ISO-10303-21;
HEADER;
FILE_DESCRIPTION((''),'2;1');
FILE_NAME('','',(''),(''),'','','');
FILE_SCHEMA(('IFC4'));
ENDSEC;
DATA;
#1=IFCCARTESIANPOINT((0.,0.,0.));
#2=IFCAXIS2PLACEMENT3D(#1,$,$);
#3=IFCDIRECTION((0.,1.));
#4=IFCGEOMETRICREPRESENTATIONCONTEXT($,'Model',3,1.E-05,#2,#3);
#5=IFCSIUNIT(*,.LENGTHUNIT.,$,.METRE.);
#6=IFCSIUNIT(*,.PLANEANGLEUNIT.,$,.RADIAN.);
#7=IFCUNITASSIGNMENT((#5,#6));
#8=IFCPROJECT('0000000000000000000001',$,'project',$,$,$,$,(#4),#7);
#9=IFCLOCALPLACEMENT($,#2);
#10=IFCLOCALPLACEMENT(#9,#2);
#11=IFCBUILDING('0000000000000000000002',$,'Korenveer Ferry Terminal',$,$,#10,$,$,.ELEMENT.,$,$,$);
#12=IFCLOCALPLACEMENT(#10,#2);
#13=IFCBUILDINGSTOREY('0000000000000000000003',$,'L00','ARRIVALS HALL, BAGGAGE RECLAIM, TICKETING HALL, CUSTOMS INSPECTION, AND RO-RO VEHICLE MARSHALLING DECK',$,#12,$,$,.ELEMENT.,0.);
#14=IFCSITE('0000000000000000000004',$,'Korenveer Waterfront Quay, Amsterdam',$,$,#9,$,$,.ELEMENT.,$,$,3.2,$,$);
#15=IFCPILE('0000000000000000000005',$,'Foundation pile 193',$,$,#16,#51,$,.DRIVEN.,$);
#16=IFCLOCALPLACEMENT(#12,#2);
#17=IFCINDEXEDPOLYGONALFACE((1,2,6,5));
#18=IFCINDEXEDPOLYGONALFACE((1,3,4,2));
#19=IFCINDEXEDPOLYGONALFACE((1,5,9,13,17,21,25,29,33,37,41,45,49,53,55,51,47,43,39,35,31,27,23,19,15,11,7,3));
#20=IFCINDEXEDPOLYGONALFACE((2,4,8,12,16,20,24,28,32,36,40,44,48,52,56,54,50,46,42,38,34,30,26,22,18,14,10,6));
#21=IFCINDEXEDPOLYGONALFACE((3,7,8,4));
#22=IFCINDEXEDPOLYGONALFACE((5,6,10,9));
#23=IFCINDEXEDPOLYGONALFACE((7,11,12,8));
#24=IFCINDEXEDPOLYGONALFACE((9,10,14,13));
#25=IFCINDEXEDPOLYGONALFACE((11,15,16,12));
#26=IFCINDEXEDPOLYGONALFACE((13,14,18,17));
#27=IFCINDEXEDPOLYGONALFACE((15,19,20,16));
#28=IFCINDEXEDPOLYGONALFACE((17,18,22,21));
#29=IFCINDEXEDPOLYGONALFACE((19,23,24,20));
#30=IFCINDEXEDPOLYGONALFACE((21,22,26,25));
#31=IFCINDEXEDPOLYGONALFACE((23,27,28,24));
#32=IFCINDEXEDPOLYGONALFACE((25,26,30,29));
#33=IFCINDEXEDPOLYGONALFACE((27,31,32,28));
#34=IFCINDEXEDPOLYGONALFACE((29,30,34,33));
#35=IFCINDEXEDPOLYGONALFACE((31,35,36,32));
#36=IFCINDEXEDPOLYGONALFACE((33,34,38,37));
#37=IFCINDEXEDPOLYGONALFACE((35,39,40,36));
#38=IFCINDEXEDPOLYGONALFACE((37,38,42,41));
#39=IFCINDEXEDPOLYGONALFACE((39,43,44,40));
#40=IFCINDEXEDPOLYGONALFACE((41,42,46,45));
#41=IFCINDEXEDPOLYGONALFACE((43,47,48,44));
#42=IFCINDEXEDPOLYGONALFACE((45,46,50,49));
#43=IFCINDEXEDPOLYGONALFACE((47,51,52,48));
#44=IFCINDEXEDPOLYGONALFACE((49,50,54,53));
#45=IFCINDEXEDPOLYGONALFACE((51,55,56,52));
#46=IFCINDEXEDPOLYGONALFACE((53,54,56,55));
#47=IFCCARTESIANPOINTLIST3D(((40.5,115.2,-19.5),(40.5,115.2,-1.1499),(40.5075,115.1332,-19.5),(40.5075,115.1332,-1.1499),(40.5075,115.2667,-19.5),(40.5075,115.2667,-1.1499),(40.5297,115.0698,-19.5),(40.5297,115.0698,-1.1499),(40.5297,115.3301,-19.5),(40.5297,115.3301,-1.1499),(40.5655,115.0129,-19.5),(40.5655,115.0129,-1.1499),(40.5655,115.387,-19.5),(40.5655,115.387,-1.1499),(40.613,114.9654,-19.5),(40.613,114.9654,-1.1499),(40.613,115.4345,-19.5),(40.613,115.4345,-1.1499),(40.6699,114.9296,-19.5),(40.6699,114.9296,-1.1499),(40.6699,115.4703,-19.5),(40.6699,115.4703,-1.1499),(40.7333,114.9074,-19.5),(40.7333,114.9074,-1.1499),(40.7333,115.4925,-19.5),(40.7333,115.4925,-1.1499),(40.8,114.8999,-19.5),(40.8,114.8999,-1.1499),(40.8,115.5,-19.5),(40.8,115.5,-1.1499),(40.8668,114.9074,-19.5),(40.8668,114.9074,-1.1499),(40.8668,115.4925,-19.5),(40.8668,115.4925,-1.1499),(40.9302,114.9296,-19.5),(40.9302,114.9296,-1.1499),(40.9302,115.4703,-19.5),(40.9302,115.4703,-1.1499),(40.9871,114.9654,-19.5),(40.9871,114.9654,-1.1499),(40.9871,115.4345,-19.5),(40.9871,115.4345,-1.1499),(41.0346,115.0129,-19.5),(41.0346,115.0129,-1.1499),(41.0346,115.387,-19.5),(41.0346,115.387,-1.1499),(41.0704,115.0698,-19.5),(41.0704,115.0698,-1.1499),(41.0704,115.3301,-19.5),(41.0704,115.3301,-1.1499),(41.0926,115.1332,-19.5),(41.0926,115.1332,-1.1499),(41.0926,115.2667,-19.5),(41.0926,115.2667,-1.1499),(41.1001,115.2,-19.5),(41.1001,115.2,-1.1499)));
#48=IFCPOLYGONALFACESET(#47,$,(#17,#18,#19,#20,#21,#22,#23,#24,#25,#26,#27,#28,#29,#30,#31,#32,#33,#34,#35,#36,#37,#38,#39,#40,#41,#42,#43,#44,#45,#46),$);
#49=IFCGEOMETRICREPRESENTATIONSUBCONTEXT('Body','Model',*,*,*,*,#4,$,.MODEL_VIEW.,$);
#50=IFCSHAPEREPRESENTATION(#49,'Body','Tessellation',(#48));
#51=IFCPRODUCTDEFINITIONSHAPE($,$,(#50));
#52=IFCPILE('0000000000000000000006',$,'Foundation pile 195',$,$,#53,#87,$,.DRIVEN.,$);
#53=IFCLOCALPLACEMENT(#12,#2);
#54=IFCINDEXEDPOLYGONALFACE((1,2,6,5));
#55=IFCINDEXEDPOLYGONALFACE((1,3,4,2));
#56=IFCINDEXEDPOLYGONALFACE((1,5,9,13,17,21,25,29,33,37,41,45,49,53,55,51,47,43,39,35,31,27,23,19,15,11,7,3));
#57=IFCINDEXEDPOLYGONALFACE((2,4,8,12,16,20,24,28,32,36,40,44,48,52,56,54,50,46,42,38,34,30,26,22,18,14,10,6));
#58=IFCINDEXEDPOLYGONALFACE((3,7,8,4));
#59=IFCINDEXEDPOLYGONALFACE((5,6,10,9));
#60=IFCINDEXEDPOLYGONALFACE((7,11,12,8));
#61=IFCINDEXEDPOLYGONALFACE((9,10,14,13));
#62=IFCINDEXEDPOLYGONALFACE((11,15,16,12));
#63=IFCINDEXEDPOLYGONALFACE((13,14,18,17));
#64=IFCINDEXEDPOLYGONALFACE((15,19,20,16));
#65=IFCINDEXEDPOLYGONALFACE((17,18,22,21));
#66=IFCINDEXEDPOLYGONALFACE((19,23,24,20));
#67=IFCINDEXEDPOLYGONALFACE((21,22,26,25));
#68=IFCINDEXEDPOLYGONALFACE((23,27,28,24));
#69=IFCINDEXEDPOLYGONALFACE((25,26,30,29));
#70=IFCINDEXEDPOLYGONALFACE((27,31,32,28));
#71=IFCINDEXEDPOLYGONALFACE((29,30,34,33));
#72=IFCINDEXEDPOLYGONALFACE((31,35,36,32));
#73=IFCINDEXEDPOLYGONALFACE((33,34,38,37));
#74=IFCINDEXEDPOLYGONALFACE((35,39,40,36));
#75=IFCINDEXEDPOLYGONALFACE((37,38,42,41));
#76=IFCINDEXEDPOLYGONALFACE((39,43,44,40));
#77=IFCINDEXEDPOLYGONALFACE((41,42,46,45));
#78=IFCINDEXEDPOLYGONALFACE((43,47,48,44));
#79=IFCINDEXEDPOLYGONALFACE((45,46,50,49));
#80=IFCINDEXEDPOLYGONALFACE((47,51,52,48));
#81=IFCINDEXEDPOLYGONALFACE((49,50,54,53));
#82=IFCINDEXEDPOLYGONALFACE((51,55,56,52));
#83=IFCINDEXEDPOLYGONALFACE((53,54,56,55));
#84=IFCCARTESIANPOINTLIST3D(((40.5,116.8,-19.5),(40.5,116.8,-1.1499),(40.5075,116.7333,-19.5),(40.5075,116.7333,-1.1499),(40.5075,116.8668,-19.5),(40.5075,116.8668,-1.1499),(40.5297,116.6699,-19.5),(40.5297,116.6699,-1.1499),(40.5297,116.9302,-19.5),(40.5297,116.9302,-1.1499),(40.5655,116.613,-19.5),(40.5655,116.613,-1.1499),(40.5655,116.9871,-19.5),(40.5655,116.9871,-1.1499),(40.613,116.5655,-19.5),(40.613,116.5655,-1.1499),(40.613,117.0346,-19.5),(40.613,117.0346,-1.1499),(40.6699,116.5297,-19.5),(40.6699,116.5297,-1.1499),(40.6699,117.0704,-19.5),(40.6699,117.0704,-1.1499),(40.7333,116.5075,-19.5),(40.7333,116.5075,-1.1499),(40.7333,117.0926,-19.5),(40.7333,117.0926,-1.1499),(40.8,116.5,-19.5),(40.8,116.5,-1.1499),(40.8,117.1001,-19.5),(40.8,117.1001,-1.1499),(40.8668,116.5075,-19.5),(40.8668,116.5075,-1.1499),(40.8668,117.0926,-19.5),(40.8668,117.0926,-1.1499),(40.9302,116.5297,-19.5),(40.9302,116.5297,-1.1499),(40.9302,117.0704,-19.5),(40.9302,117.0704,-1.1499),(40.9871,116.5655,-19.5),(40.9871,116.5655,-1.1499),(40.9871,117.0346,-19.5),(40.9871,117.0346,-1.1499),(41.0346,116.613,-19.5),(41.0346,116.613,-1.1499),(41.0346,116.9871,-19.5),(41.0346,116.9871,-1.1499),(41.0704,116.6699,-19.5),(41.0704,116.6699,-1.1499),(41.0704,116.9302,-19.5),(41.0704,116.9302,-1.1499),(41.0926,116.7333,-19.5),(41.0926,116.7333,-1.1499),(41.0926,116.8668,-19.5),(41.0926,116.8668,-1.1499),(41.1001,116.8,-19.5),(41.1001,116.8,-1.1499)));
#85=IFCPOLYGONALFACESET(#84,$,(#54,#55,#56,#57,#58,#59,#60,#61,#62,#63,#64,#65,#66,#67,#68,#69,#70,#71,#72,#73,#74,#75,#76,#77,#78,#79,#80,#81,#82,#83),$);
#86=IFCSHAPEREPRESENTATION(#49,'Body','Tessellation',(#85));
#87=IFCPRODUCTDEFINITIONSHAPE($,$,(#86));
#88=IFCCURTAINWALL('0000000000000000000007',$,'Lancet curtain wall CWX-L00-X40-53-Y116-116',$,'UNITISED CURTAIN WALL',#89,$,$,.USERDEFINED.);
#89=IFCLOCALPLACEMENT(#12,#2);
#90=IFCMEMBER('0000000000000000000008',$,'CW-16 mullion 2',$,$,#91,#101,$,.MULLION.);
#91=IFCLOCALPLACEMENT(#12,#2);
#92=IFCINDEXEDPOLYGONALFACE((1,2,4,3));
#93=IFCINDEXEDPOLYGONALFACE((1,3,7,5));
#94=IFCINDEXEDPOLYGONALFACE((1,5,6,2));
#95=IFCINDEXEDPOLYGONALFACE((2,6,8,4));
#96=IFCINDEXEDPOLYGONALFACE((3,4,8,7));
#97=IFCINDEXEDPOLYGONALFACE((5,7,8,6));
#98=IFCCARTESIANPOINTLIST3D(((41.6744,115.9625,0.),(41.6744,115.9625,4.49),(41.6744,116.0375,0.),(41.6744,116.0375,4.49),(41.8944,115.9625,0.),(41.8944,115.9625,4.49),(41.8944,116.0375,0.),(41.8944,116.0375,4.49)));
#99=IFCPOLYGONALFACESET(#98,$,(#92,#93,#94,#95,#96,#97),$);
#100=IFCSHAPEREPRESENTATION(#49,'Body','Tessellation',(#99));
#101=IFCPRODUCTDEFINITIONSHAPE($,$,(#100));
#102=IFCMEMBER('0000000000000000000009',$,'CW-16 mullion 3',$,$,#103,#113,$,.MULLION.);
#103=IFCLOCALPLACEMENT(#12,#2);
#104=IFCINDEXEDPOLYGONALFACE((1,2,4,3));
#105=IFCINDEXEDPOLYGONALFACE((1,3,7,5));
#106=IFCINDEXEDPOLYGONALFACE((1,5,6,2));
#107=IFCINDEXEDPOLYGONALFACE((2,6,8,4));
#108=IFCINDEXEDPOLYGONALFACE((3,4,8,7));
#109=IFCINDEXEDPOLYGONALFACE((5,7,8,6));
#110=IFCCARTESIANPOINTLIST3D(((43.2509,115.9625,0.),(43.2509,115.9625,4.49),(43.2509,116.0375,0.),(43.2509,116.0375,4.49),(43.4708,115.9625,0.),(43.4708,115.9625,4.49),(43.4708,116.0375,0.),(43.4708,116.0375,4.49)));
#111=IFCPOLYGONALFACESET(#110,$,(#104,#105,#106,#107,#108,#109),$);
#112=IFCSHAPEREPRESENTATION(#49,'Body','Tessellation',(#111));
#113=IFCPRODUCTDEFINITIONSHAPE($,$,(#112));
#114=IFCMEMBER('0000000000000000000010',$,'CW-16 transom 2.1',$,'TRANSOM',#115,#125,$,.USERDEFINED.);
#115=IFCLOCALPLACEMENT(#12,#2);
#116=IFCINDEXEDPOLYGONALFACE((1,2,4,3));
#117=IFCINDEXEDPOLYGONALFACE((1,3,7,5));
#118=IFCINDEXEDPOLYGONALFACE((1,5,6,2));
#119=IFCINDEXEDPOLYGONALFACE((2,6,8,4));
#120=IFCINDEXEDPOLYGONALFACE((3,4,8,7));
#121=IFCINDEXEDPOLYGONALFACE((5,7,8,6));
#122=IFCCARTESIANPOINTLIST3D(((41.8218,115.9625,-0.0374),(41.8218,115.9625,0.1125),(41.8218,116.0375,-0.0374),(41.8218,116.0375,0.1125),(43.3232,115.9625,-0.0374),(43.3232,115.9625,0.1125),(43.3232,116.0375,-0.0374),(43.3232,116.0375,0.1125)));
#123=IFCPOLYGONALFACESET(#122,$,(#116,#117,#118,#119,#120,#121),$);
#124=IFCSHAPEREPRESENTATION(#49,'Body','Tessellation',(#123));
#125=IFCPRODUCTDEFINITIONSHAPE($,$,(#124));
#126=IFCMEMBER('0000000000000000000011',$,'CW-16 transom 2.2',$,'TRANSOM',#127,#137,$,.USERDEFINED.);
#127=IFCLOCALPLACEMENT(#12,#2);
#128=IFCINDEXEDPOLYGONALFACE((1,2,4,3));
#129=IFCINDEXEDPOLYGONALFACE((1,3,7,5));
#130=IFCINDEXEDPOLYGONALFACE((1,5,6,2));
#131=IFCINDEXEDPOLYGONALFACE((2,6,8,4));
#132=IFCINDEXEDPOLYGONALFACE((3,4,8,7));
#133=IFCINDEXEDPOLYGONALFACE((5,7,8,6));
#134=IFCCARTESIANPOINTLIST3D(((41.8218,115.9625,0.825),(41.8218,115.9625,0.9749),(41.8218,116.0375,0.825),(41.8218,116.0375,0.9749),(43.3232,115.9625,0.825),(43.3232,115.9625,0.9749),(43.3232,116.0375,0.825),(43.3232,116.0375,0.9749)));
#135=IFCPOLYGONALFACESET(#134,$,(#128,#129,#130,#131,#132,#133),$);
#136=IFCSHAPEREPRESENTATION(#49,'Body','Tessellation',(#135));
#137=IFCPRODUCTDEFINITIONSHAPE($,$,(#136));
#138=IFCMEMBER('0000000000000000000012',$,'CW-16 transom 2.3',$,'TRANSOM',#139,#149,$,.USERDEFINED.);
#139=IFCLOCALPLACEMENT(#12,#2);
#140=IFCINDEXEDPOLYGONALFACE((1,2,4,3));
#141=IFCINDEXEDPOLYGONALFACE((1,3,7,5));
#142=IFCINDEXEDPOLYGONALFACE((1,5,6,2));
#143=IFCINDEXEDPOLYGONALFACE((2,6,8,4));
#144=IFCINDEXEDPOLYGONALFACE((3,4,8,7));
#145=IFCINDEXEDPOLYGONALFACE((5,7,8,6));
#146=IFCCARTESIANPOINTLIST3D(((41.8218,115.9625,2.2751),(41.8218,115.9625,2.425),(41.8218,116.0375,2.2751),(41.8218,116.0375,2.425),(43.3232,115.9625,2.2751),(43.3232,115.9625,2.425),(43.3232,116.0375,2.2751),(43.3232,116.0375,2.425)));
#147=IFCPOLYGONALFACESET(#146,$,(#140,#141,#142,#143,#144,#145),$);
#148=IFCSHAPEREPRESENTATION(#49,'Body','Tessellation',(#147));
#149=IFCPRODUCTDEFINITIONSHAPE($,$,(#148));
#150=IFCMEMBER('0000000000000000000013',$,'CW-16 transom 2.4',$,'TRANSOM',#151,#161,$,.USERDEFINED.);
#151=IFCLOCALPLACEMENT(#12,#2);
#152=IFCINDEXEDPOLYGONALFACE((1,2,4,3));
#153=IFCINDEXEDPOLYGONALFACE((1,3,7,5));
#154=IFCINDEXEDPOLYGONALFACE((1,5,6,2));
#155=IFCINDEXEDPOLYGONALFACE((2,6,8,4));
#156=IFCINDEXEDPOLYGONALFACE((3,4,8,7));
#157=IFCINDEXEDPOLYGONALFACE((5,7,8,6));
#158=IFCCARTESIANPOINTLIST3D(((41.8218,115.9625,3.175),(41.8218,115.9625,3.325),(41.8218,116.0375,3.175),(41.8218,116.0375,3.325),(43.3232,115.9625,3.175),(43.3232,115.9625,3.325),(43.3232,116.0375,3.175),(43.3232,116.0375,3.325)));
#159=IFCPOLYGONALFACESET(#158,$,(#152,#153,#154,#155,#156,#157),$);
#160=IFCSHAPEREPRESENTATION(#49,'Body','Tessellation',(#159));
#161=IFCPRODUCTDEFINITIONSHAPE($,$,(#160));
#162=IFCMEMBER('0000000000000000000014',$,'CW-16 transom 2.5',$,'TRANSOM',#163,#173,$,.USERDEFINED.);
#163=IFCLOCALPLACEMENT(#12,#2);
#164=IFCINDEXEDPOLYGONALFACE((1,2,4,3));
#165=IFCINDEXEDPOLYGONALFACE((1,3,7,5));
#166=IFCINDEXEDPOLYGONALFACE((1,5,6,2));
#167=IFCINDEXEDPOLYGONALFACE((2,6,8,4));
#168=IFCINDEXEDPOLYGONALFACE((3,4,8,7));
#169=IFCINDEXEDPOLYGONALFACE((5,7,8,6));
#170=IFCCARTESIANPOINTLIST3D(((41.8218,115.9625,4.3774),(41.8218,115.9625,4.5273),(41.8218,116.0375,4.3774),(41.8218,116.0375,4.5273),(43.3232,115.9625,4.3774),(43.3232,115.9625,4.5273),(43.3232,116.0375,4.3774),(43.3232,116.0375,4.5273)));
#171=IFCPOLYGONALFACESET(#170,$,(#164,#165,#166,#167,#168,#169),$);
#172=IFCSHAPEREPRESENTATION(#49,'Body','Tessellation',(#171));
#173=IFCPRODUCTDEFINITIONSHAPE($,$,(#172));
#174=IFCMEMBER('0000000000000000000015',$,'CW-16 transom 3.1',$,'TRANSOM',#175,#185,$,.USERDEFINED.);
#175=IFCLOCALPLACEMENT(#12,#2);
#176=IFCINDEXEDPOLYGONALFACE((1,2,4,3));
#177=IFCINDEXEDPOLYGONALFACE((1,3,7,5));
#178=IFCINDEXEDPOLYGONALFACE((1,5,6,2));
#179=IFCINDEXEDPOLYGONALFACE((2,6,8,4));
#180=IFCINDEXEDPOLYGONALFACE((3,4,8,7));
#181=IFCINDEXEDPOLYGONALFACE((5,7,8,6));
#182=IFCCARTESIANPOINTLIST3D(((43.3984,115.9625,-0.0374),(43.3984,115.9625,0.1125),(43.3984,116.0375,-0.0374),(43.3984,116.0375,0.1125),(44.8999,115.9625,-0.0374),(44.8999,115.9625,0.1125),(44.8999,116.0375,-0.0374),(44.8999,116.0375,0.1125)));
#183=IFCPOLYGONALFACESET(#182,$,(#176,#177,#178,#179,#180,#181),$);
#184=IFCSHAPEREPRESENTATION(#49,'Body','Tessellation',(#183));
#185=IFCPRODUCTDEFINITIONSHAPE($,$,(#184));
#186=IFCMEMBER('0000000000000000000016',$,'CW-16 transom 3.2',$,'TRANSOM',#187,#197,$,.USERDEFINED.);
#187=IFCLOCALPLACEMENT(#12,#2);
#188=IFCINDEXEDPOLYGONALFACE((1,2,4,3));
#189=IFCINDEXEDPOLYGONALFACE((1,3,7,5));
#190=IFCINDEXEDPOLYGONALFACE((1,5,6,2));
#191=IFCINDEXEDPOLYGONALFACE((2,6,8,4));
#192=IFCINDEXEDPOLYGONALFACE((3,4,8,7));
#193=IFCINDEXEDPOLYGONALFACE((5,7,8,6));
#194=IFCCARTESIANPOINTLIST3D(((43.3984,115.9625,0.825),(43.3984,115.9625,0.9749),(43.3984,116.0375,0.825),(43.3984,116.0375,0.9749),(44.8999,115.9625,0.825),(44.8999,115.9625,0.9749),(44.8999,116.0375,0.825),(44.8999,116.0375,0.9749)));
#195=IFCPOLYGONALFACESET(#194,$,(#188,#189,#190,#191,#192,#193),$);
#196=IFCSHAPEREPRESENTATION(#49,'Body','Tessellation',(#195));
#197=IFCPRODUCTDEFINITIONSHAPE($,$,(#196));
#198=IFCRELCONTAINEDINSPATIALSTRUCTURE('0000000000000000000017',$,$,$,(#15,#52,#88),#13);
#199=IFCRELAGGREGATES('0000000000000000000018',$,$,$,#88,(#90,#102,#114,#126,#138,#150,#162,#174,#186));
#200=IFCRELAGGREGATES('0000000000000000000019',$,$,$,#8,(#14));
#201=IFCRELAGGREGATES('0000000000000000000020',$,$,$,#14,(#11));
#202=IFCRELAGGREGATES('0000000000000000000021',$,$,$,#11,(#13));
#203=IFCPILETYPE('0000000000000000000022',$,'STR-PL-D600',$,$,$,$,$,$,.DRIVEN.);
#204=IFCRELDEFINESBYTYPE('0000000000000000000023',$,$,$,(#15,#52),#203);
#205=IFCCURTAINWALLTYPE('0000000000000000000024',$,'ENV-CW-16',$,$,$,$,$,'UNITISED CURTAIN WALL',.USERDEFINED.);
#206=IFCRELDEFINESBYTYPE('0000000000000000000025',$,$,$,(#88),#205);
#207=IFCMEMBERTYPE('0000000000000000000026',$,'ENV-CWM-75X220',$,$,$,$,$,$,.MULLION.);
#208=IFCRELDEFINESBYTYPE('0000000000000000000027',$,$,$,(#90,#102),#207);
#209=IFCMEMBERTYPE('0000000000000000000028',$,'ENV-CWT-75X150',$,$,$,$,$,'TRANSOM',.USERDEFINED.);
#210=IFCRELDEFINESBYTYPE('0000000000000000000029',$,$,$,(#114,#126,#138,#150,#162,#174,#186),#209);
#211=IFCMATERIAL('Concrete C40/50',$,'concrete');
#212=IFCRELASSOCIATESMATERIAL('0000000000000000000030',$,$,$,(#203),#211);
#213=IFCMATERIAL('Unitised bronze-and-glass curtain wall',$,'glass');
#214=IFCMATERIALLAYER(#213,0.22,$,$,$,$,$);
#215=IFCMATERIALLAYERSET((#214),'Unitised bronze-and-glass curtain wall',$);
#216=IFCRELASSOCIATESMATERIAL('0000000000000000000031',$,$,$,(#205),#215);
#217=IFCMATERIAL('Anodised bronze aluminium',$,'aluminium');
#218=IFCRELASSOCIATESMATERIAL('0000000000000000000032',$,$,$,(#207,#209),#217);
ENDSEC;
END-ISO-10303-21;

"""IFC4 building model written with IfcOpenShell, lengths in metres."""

from ifc_helpers import new_model, si_unit, direction, frame, origin, origin_2d, place, context, subcontext, project, spatial, rectangle, circle, extrude, material, layer, layer_set, material_profile, profile_set, type_object, element, aggregate, save


model = new_model("IFC4")

# Units and contexts
model_context = context("Model", 3, precision=1e-05, world=origin(), true_north=direction((0.0, 1.0)))
body_context = subcontext(model_context, "Body", "Model", "MODEL_VIEW")
ifc_project = project(units=[si_unit("LENGTHUNIT", "METRE"), si_unit("PLANEANGLEUNIT", "RADIAN")], contexts=[model_context])

# Site, building, storey
site_placement = place(None, origin())
site = spatial("IfcSite", under=ifc_project, at=site_placement, Name="Korenveer Waterfront Quay, Amsterdam", CompositionType="ELEMENT", RefElevation=3.2)
building_placement = place(site_placement, origin())
building = spatial("IfcBuilding", under=site, at=building_placement, Name="Korenveer Ferry Terminal", CompositionType="ELEMENT")
storey_placement = place(building_placement, origin())
storey = spatial("IfcBuildingStorey", under=building, at=storey_placement, Name="L00", Description="ARRIVALS HALL, BAGGAGE RECLAIM, TICKETING HALL, CUSTOMS INSPECTION, AND RO-RO VEHICLE MARSHALLING DECK", CompositionType="ELEMENT", Elevation=0.0)

# Piles
ifc_material_1 = material(Name="Concrete C40/50", Category="concrete")
ifc_material_profile_1 = material_profile(ifc_material_1, circle(Radius=0.3, at=origin_2d()), Name="PILE D600")
ifc_profile_set_1 = profile_set([ifc_material_profile_1], Name="Concrete C40/50")
pile_type = type_object("IfcPileType", Name="STR-PL-D600", PredefinedType="DRIVEN", material=ifc_profile_set_1)
for number, where, z_axis, x_axis, name in (
    (1, (40.8, 115.2, -1.1499), (0.0, 0.0, -1.0), (1.0, 0.0, 0.0), "Foundation pile 193"),
    (2, (40.8, 116.8, -1.1499), (0.0, 0.0, -1.0), (1.0, 0.0, 0.0), "Foundation pile 195"),
):
    element("IfcPile", number, at=place(storey_placement, frame(where, z_axis=z_axis, x_axis=x_axis)), inside=storey, type_object=pile_type, Name=name, PredefinedType="DRIVEN", context=body_context, shape_type="SweptSolid", body=[
        extrude(circle(Radius=0.3, at=origin_2d()), origin(), (0.0, 0.0, 1.0), 18.3501),
    ])

# Curtain wall, members
ifc_material_2 = material(Name="Unitised bronze-and-glass curtain wall", Category="glass")
ifc_layer_1 = layer(ifc_material_2, 0.22)
ifc_layer_set_1 = layer_set([ifc_layer_1], Name="Unitised bronze-and-glass curtain wall")
curtain_wall_type = type_object("IfcCurtainWallType", Name="ENV-CW-16", ElementType="UNITISED CURTAIN WALL", PredefinedType="USERDEFINED", material=ifc_layer_set_1)
curtain_wall_placement = place(storey_placement, frame((40.2078, 116.0, 0.0)))
curtain_wall = element("IfcCurtainWall", 3, at=curtain_wall_placement, inside=storey, type_object=curtain_wall_type, Name="Lancet curtain wall CWX-L00-X40-53-Y116-116", ObjectType="UNITISED CURTAIN WALL", PredefinedType="USERDEFINED")
ifc_material_3 = material(Name="Anodised bronze aluminium", Category="aluminium")
ifc_material_profile_2 = material_profile(ifc_material_3, rectangle(XDim=0.075, YDim=0.22, at=origin_2d()), Name="ALU 75x220")
ifc_profile_set_2 = profile_set([ifc_material_profile_2], Name="Anodised bronze aluminium")
member_type_1 = type_object("IfcMemberType", Name="ENV-CWM-75X220", PredefinedType="MULLION", material=ifc_profile_set_2)
member_1_placement = place(storey_placement, frame((41.7844, 116.0, 0.0), z_axis=(0.0, 0.0, 1.0), x_axis=(0.0, 1.0, 0.0)))
member_1 = element("IfcMember", 4, at=member_1_placement, type_object=member_type_1, Name="CW-16 mullion 2", PredefinedType="MULLION", context=body_context, shape_type="SweptSolid", body=[
    extrude(rectangle(XDim=0.075, YDim=0.22, at=origin_2d()), origin(), (0.0, 0.0, 1.0), 4.49),
])
member_2_placement = place(storey_placement, frame((43.3608, 116.0, 0.0), z_axis=(0.0, 0.0, 1.0), x_axis=(0.0, 1.0, 0.0)))
member_2 = element("IfcMember", 5, at=member_2_placement, type_object=member_type_1, Name="CW-16 mullion 3", PredefinedType="MULLION", context=body_context, shape_type="SweptSolid", body=[
    extrude(rectangle(XDim=0.075, YDim=0.22, at=origin_2d()), origin(), (0.0, 0.0, 1.0), 4.49),
])
ifc_material_profile_3 = material_profile(ifc_material_3, rectangle(XDim=0.075, YDim=0.1499, at=origin_2d()), Name="ALU 75x150")
ifc_profile_set_3 = profile_set([ifc_material_profile_3], Name="Anodised bronze aluminium")
member_type_2 = type_object("IfcMemberType", Name="ENV-CWT-75X150", ElementType="TRANSOM", PredefinedType="USERDEFINED", material=ifc_profile_set_3)
member_3_placement = place(storey_placement, frame((41.8218, 116.0, 0.0376), z_axis=(1.0, 0.0, 0.0), x_axis=(0.0, 1.0, 0.0)))
member_3 = element("IfcMember", 6, at=member_3_placement, type_object=member_type_2, Name="CW-16 transom 2.1", ObjectType="TRANSOM", PredefinedType="USERDEFINED", context=body_context, shape_type="SweptSolid", body=[
    extrude(rectangle(XDim=0.075, YDim=0.1499, at=origin_2d()), origin(), (0.0, 0.0, 1.0), 1.5015),
])
member_4_placement = place(storey_placement, frame((41.8218, 116.0, 0.8999), z_axis=(1.0, 0.0, 0.0), x_axis=(0.0, 1.0, 0.0)))
member_4 = element("IfcMember", 7, at=member_4_placement, type_object=member_type_2, Name="CW-16 transom 2.2", ObjectType="TRANSOM", PredefinedType="USERDEFINED", context=body_context, shape_type="SweptSolid", body=[
    extrude(rectangle(XDim=0.075, YDim=0.1499, at=origin_2d()), origin(), (0.0, 0.0, 1.0), 1.5015),
])
member_5_placement = place(storey_placement, frame((41.8218, 116.0, 2.3501), z_axis=(1.0, 0.0, 0.0), x_axis=(0.0, 1.0, 0.0)))
member_5 = element("IfcMember", 8, at=member_5_placement, type_object=member_type_2, Name="CW-16 transom 2.3", ObjectType="TRANSOM", PredefinedType="USERDEFINED", context=body_context, shape_type="SweptSolid", body=[
    extrude(rectangle(XDim=0.075, YDim=0.1499, at=origin_2d()), origin(), (0.0, 0.0, 1.0), 1.5015),
])
member_6_placement = place(storey_placement, frame((41.8218, 116.0, 3.25), z_axis=(1.0, 0.0, 0.0), x_axis=(0.0, 1.0, 0.0)))
member_6 = element("IfcMember", 9, at=member_6_placement, type_object=member_type_2, Name="CW-16 transom 2.4", ObjectType="TRANSOM", PredefinedType="USERDEFINED", context=body_context, shape_type="SweptSolid", body=[
    extrude(rectangle(XDim=0.075, YDim=0.1499, at=origin_2d()), origin(), (0.0, 0.0, 1.0), 1.5015),
])
member_7_placement = place(storey_placement, frame((41.8218, 116.0, 4.4524), z_axis=(1.0, 0.0, 0.0), x_axis=(0.0, 1.0, 0.0)))
member_7 = element("IfcMember", 10, at=member_7_placement, type_object=member_type_2, Name="CW-16 transom 2.5", ObjectType="TRANSOM", PredefinedType="USERDEFINED", context=body_context, shape_type="SweptSolid", body=[
    extrude(rectangle(XDim=0.075, YDim=0.1499, at=origin_2d()), origin(), (0.0, 0.0, 1.0), 1.5015),
])
member_8_placement = place(storey_placement, frame((43.3984, 116.0, 0.0376), z_axis=(1.0, 0.0, 0.0), x_axis=(0.0, 1.0, 0.0)))
member_8 = element("IfcMember", 11, at=member_8_placement, type_object=member_type_2, Name="CW-16 transom 3.1", ObjectType="TRANSOM", PredefinedType="USERDEFINED", context=body_context, shape_type="SweptSolid", body=[
    extrude(rectangle(XDim=0.075, YDim=0.1499, at=origin_2d()), origin(), (0.0, 0.0, 1.0), 1.5015),
])
member_9_placement = place(storey_placement, frame((43.3984, 116.0, 0.8999), z_axis=(1.0, 0.0, 0.0), x_axis=(0.0, 1.0, 0.0)))
member_9 = element("IfcMember", 12, at=member_9_placement, type_object=member_type_2, Name="CW-16 transom 3.2", ObjectType="TRANSOM", PredefinedType="USERDEFINED", context=body_context, shape_type="SweptSolid", body=[
    extrude(rectangle(XDim=0.075, YDim=0.1499, at=origin_2d()), origin(), (0.0, 0.0, 1.0), 1.5015),
])
aggregate(curtain_wall, [member_1, member_2, member_3, member_4, member_5, member_6, member_7, member_8, member_9])

save(model, "model.ifc")
